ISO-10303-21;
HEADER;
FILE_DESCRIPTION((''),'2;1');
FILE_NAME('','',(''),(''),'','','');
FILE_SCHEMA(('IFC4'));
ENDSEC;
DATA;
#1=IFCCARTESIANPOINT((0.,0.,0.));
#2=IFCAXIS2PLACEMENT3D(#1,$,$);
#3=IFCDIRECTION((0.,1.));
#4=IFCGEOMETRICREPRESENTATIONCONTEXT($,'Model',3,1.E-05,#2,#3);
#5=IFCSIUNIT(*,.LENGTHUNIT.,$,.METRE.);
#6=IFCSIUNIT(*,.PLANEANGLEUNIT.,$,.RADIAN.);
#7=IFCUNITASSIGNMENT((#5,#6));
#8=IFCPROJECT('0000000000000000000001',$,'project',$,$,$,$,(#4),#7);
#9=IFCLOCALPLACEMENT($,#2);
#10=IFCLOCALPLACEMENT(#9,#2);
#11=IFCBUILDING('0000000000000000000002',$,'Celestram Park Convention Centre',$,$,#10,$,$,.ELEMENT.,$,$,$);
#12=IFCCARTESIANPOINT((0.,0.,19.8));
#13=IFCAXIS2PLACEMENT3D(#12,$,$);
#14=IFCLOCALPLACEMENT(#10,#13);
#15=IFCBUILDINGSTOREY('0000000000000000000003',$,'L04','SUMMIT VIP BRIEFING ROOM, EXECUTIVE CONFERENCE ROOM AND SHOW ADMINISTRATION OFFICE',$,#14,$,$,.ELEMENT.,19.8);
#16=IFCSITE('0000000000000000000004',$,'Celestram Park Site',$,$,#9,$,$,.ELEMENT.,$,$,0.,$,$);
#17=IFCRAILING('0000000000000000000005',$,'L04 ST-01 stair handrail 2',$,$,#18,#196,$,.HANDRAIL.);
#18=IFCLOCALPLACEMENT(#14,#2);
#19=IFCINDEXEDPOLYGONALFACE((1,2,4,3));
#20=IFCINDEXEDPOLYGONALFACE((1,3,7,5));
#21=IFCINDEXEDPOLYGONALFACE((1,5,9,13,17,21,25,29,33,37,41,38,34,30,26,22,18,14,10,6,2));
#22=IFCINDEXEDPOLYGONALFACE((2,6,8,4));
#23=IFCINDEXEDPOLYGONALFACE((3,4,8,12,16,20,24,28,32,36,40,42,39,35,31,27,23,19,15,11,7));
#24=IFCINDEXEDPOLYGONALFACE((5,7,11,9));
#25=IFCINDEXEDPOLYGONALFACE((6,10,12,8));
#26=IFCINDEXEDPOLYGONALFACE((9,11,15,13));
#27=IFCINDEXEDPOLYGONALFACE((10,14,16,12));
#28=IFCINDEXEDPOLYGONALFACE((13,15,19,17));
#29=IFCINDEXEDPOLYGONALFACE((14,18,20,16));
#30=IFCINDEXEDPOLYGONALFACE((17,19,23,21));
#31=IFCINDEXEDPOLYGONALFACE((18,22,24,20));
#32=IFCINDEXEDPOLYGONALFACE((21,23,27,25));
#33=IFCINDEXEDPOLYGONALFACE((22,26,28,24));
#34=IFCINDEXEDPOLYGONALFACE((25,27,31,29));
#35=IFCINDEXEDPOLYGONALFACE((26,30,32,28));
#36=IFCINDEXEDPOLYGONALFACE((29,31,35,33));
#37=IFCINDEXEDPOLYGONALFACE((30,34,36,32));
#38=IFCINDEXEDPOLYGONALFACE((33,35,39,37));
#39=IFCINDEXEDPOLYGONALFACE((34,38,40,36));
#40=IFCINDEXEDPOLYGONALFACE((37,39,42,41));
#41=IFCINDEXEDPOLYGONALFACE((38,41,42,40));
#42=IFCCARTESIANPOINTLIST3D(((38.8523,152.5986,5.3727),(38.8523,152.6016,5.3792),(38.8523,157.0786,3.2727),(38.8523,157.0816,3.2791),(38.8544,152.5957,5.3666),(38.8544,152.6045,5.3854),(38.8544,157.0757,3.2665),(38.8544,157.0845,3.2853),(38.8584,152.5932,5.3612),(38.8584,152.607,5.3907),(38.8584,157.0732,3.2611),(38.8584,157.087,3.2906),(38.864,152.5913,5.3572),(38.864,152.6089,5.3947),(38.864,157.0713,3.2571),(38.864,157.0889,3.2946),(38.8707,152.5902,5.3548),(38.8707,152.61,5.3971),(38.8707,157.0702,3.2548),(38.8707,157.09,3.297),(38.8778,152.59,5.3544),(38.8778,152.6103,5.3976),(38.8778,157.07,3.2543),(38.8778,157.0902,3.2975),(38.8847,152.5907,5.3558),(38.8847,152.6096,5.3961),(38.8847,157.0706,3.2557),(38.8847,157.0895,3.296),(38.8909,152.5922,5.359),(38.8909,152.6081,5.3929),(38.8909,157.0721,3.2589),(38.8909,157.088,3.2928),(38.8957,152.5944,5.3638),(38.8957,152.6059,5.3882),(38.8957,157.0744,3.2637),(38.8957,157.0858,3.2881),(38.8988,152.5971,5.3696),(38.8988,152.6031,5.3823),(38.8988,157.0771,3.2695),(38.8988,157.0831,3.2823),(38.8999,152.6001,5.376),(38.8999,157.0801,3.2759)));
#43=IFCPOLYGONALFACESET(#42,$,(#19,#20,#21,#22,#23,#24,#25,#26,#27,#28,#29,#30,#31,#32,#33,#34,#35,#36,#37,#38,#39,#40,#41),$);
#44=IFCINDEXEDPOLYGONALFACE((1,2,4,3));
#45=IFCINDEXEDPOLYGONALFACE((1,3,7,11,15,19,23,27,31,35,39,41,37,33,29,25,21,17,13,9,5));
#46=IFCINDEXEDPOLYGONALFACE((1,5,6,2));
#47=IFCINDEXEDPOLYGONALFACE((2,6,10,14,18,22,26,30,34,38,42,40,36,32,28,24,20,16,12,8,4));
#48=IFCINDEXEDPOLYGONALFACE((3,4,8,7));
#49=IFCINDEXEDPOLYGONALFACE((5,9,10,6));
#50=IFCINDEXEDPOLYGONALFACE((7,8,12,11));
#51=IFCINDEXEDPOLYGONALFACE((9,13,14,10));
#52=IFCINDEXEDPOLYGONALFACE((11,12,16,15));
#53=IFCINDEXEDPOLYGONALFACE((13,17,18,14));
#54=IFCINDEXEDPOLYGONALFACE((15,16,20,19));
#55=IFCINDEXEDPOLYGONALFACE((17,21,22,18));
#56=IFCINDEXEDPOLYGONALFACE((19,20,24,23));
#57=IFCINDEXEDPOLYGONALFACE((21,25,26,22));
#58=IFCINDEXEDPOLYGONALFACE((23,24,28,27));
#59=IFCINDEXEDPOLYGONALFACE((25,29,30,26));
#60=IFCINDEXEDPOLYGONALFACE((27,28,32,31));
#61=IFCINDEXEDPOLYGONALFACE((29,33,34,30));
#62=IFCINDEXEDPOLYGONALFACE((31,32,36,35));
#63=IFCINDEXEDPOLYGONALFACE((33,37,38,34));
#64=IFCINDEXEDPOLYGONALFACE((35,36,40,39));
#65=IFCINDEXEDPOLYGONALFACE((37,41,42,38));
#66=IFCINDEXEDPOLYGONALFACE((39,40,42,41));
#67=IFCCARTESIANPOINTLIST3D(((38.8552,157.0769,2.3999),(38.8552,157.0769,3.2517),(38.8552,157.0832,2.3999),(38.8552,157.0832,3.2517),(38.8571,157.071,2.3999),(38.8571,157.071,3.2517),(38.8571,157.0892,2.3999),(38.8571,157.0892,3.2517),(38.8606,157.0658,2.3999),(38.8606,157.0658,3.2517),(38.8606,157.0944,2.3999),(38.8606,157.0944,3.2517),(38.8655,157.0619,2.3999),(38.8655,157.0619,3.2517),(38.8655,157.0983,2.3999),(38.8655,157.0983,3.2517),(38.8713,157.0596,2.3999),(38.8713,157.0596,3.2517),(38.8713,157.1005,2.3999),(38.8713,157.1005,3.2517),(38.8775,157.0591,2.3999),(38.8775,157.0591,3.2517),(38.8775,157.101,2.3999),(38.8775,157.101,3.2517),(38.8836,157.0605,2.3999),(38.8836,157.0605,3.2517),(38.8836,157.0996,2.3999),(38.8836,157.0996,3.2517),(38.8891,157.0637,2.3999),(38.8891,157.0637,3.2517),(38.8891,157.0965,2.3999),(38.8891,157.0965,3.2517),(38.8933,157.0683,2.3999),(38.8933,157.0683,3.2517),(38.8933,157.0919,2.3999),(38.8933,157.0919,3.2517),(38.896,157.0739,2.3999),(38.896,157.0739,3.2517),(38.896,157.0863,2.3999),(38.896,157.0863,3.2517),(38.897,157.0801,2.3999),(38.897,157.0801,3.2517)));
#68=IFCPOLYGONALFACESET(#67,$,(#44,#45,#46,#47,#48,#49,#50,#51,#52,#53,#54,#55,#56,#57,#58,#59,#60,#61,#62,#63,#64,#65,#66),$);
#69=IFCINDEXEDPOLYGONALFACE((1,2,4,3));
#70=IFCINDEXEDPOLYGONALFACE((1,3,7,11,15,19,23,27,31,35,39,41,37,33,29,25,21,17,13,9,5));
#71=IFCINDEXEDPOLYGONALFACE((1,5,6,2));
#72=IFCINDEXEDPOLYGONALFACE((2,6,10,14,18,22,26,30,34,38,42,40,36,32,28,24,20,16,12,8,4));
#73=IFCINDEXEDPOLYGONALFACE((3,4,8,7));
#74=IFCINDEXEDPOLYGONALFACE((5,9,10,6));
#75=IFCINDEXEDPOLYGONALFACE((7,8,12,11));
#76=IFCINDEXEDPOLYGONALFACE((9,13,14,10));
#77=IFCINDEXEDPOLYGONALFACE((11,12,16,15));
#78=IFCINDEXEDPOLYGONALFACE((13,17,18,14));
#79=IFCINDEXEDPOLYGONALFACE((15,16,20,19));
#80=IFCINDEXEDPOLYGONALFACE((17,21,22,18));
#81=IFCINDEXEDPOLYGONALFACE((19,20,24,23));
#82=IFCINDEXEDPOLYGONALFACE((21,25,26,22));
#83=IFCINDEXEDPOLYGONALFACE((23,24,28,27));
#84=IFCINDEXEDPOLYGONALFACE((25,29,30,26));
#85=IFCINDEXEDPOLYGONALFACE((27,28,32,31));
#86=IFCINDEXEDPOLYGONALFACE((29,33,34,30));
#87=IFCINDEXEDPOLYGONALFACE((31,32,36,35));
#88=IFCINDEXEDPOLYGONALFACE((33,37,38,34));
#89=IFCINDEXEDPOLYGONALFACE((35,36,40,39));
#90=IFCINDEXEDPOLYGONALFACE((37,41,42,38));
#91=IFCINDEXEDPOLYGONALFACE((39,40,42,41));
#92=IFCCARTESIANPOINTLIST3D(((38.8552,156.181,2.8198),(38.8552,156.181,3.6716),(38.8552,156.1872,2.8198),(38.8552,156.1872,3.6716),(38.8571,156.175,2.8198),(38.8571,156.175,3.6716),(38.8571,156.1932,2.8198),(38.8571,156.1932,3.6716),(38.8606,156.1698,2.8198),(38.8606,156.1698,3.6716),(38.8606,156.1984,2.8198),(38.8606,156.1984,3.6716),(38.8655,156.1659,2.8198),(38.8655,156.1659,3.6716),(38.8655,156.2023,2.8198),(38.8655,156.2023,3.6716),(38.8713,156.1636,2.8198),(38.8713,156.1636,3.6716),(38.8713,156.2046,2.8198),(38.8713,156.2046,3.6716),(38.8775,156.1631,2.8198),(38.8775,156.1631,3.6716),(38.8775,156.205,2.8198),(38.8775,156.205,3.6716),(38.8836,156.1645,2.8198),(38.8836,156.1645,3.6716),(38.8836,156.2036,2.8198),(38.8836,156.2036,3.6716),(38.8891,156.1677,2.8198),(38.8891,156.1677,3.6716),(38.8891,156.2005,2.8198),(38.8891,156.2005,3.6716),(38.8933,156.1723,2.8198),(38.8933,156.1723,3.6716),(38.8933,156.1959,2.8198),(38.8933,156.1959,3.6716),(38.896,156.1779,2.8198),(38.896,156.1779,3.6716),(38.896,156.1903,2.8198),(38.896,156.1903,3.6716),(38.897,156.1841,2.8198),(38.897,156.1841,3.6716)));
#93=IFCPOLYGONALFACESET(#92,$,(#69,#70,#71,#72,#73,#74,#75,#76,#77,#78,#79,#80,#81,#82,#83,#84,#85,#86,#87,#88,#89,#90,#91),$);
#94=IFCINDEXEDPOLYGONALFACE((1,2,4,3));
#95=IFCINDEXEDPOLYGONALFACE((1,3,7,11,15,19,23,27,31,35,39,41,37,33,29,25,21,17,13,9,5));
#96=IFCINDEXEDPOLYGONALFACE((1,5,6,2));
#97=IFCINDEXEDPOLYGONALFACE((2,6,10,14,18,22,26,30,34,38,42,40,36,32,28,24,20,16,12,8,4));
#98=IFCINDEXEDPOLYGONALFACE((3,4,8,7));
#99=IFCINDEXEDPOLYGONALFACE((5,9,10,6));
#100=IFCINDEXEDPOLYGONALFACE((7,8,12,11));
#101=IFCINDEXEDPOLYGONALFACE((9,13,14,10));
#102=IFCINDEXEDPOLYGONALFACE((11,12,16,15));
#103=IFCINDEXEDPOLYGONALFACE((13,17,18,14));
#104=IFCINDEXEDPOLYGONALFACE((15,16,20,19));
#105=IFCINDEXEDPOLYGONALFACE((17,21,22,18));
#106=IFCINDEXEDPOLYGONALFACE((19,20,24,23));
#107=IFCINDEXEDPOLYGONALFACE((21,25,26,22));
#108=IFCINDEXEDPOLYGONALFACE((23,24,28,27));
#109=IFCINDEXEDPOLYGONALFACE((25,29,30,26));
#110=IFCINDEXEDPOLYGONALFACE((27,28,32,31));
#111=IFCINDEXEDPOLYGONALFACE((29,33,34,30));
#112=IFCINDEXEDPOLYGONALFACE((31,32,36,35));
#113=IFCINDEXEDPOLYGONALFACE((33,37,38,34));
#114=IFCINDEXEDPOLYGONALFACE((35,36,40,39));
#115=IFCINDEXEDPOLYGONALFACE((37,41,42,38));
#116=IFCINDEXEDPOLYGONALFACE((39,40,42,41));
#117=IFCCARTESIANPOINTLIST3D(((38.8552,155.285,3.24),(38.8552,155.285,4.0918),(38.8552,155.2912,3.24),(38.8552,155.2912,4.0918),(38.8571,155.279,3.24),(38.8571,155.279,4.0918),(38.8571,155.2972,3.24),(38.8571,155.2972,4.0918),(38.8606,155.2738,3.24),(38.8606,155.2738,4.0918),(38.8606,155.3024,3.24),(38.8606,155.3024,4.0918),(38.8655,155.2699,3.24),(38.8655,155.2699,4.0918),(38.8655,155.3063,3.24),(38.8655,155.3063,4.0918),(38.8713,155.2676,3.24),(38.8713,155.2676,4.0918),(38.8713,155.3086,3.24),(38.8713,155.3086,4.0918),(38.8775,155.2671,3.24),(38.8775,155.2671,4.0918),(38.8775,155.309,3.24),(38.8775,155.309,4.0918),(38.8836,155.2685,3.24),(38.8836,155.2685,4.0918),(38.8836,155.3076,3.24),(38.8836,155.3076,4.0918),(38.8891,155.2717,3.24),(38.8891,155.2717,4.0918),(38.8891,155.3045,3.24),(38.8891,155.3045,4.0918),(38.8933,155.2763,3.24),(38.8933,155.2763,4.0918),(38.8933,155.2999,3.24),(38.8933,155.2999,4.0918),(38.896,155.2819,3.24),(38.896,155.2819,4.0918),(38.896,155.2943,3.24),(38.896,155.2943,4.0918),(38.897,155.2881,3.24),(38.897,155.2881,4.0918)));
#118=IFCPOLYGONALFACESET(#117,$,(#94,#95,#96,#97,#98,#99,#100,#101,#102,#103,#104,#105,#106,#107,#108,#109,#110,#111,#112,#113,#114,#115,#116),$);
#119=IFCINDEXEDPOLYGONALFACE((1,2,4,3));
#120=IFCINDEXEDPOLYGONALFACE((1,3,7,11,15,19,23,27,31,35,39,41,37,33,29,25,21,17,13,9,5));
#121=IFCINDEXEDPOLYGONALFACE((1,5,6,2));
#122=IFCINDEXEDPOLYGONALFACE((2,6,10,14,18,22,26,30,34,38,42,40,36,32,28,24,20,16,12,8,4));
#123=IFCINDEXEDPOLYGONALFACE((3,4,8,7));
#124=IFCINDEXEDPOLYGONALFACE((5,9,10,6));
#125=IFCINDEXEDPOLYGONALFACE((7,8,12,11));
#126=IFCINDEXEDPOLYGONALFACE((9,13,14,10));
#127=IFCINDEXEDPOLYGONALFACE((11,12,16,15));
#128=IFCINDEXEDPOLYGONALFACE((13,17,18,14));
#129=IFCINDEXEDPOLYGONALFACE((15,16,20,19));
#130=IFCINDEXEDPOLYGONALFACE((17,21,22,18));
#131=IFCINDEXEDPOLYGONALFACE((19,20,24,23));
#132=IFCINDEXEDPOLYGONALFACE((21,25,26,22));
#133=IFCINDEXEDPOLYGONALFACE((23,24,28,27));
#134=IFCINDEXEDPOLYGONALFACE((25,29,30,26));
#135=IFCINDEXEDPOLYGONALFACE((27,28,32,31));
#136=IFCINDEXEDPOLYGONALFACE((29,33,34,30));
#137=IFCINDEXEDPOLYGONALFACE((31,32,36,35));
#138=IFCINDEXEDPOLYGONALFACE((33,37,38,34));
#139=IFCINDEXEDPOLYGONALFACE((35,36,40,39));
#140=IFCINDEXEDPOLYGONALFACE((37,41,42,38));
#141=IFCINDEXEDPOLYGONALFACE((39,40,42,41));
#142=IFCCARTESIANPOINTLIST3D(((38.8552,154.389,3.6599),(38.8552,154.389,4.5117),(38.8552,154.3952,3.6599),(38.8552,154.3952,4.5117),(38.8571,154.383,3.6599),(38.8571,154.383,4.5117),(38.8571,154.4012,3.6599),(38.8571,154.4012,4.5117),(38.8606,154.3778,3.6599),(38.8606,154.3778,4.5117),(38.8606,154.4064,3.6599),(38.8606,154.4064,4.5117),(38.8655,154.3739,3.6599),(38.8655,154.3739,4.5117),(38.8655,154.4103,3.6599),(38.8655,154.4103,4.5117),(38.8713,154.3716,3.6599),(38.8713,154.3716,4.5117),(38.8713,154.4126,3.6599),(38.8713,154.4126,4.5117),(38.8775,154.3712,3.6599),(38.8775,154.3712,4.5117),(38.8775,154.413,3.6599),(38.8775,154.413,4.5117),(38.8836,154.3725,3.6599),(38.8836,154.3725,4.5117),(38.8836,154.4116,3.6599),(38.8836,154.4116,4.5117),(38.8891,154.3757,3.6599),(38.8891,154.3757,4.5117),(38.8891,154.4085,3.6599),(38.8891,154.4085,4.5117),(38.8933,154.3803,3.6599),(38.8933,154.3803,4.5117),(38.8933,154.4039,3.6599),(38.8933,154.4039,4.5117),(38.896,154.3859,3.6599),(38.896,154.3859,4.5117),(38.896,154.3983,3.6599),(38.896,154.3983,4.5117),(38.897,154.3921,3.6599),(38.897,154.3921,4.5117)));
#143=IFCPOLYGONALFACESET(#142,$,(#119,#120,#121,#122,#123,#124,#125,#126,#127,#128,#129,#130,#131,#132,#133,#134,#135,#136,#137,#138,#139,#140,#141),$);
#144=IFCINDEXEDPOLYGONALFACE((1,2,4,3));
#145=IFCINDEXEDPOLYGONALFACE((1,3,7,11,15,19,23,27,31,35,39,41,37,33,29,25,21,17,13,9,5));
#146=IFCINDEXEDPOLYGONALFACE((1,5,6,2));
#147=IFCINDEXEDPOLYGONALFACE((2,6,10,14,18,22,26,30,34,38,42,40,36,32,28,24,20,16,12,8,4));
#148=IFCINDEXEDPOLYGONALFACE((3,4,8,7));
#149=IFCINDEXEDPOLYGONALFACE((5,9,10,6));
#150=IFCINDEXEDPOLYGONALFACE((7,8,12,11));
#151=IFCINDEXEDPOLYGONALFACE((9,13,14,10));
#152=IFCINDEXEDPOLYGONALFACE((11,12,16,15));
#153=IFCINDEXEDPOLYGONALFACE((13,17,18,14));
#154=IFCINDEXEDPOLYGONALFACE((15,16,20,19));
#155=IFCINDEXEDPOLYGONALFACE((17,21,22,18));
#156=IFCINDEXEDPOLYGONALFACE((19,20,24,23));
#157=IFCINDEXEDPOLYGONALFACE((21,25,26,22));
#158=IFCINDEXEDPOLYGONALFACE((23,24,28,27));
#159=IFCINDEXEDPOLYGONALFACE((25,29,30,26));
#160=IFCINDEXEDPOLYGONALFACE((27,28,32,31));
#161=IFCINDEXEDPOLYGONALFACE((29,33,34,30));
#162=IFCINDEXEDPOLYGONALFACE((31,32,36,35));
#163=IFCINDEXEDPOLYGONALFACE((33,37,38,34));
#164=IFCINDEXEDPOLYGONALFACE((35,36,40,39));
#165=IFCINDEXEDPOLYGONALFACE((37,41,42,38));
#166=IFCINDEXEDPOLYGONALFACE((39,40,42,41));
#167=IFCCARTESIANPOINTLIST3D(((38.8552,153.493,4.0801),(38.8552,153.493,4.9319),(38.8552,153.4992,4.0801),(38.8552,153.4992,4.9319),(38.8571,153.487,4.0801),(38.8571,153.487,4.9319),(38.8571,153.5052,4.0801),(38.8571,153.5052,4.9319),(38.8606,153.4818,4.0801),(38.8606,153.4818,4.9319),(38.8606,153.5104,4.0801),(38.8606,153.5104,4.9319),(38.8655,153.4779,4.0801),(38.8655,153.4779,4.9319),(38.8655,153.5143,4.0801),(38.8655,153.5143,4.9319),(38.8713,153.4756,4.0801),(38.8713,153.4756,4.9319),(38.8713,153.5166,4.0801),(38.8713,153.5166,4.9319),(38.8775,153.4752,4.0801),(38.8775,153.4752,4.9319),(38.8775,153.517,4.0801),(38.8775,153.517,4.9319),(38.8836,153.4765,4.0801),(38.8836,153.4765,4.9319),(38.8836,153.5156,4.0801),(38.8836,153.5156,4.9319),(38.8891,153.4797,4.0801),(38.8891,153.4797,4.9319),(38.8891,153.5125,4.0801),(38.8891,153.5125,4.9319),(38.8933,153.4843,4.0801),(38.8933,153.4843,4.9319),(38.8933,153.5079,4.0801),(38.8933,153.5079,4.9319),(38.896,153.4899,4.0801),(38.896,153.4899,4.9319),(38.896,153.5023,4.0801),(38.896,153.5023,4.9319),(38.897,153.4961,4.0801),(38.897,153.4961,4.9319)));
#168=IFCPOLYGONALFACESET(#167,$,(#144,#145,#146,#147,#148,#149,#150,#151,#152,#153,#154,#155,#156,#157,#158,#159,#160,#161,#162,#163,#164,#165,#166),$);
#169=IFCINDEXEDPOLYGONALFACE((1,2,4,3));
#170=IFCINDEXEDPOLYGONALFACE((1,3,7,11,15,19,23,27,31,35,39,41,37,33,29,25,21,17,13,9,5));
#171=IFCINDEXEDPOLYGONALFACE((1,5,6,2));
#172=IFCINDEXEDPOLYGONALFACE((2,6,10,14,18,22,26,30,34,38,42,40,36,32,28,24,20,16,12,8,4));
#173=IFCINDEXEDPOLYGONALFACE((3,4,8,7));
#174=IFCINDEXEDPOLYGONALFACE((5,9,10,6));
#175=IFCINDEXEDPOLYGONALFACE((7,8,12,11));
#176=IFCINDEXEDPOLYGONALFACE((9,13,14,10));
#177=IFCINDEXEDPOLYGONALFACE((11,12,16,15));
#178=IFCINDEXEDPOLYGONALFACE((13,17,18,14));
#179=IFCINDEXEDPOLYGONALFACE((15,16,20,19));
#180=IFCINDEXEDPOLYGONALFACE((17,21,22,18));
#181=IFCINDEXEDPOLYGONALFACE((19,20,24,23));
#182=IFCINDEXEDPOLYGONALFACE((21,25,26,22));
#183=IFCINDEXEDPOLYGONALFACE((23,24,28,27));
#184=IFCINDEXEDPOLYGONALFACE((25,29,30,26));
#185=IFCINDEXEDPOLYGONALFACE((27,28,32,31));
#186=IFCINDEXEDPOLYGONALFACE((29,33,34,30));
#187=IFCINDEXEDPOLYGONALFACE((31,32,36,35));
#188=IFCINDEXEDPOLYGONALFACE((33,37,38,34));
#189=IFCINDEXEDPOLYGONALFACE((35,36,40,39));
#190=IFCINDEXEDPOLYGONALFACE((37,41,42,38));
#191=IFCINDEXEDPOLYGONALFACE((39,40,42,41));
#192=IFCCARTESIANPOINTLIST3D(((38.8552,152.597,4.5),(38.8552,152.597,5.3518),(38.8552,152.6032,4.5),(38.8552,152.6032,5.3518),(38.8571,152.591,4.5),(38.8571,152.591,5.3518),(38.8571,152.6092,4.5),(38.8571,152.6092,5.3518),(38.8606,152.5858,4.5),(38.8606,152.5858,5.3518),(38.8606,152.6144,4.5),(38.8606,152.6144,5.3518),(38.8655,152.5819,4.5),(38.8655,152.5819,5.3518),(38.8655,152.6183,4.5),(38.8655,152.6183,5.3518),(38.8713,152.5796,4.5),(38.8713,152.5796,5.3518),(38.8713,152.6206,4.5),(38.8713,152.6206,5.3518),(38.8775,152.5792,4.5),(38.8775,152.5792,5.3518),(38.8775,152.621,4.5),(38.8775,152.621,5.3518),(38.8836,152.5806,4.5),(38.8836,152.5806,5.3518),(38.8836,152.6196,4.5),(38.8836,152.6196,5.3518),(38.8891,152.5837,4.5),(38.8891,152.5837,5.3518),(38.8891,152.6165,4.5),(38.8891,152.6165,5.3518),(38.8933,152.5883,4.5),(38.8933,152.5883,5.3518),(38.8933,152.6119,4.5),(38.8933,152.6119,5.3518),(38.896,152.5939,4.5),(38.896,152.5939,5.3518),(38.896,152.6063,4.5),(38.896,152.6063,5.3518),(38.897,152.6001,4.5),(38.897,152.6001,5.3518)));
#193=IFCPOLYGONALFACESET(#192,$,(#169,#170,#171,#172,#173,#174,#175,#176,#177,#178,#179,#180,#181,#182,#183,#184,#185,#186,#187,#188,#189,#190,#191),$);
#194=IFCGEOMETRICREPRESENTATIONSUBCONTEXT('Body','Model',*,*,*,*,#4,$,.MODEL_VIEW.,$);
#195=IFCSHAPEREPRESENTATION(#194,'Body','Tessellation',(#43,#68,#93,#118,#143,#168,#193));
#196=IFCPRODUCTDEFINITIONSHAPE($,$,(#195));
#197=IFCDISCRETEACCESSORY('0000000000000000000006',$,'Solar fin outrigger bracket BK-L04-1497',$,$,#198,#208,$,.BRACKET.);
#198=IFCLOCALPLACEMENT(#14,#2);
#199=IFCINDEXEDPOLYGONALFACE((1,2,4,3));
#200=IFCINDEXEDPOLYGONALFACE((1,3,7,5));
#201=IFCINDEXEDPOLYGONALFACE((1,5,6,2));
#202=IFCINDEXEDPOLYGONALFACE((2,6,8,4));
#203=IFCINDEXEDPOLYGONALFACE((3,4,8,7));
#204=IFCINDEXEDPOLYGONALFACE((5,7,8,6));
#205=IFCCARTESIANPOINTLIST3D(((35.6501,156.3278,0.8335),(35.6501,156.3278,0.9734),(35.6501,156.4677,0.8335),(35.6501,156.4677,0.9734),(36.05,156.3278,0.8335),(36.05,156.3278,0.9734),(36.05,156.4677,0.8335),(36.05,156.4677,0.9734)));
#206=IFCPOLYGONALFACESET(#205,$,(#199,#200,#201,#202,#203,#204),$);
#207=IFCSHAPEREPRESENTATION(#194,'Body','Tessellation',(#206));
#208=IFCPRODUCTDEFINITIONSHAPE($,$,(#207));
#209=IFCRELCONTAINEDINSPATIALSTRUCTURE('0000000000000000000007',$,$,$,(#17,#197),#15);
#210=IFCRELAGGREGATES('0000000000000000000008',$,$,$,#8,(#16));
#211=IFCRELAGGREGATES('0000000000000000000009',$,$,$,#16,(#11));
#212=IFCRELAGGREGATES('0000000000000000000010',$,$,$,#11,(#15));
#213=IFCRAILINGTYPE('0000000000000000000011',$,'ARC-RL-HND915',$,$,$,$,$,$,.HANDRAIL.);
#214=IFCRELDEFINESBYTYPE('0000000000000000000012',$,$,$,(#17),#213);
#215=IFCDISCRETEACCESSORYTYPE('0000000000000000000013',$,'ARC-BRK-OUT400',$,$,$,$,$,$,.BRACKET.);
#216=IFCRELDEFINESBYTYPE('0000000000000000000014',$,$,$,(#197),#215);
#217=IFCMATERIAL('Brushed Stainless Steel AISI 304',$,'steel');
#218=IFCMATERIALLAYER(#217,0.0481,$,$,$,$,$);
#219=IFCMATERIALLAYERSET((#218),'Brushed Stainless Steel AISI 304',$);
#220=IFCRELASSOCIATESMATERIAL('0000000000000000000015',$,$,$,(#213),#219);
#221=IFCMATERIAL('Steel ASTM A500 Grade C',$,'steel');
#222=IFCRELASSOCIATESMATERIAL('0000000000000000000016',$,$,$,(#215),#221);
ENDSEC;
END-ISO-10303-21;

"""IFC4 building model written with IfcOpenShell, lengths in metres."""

from ifc_helpers import new_model, si_unit, direction, frame, origin, origin_2d, place, context, subcontext, project, spatial, rectangle, circle, extrude, material, layer, layer_set, type_object, element, save


model = new_model("IFC4")

# Units and contexts
model_context = context("Model", 3, precision=1e-05, world=origin(), true_north=direction((0.0, 1.0)))
body_context = subcontext(model_context, "Body", "Model", "MODEL_VIEW")
ifc_project = project(units=[si_unit("LENGTHUNIT", "METRE"), si_unit("PLANEANGLEUNIT", "RADIAN")], contexts=[model_context])

# Site, building, storey
site_placement = place(None, origin())
site = spatial("IfcSite", under=ifc_project, at=site_placement, Name="Celestram Park Site", CompositionType="ELEMENT", RefElevation=0.0)
building_placement = place(site_placement, origin())
building = spatial("IfcBuilding", under=site, at=building_placement, Name="Celestram Park Convention Centre", CompositionType="ELEMENT")
storey_placement = place(building_placement, frame((0.0, 0.0, 19.8)))
storey = spatial("IfcBuildingStorey", under=building, at=storey_placement, Name="L04", Description="SUMMIT VIP BRIEFING ROOM, EXECUTIVE CONFERENCE ROOM AND SHOW ADMINISTRATION OFFICE", CompositionType="ELEMENT", Elevation=19.8)

# Shared definitions
ifc_material_1 = material(Name="Steel ASTM A500 Grade C", Category="steel")

# Railing
ifc_material_2 = material(Name="Brushed Stainless Steel AISI 304", Category="steel")
ifc_layer_1 = layer(ifc_material_2, 0.0481)
ifc_layer_set_1 = layer_set([ifc_layer_1], Name="Brushed Stainless Steel AISI 304")
railing_type_1 = type_object("IfcRailingType", Name="ARC-RL-HND915", PredefinedType="HANDRAIL", material=ifc_layer_set_1)
railing_1_placement = place(storey_placement, frame((38.876, 157.0801, 2.3999)))
element("IfcRailing", 1, at=railing_1_placement, inside=storey, type_object=railing_type_1, Name="L04 ST-01 stair handrail 2", PredefinedType="HANDRAIL", context=body_context, shape_type="SweptSolid", body=[
    extrude(circle(Radius=0.0239, at=origin_2d()), frame((0.0, 0.0, 0.876), z_axis=(0.0, -0.905451, 0.424452), x_axis=(1.0, 0.0, 0.0)), (0.0, 0.0, 1.0), 4.9478),
    extrude(circle(Radius=0.021, at=origin_2d()), origin(), (0.0, 0.0, 1.0), 0.8518),
    extrude(circle(Radius=0.021, at=origin_2d()), frame((0.0, -0.896, 0.4199)), (0.0, 0.0, 1.0), 0.8518),
    extrude(circle(Radius=0.021, at=origin_2d()), frame((0.0, -1.792, 0.8401)), (0.0, 0.0, 1.0), 0.8518),
    extrude(circle(Radius=0.021, at=origin_2d()), frame((0.0, -2.688, 1.26)), (0.0, 0.0, 1.0), 0.8518),
    extrude(circle(Radius=0.021, at=origin_2d()), frame((0.0, -3.584, 1.6802)), (0.0, 0.0, 1.0), 0.8518),
    extrude(circle(Radius=0.021, at=origin_2d()), frame((0.0, -4.48, 2.1001)), (0.0, 0.0, 1.0), 0.8518),
])

# Discrete accessory
discrete_accessory_type = type_object("IfcDiscreteAccessoryType", Name="ARC-BRK-OUT400", PredefinedType="BRACKET", material=ifc_material_1)
for number, where, z_axis, x_axis, name in (
    (2, (35.8501, 156.3977, 0.8335), (0.0, 0.0, 1.0), (-1.0, 0.0, 0.0), "Solar fin outrigger bracket BK-L04-1497"),
):
    element("IfcDiscreteAccessory", number, at=place(storey_placement, frame(where, z_axis=z_axis, x_axis=x_axis)), inside=storey, type_object=discrete_accessory_type, Name=name, PredefinedType="BRACKET", context=body_context, shape_type="SweptSolid", body=[
        extrude(rectangle(XDim=0.3999, YDim=0.1399, at=origin_2d()), origin(), (0.0, 0.0, 1.0), 0.1399),
    ])

save(model, "model.ifc")
